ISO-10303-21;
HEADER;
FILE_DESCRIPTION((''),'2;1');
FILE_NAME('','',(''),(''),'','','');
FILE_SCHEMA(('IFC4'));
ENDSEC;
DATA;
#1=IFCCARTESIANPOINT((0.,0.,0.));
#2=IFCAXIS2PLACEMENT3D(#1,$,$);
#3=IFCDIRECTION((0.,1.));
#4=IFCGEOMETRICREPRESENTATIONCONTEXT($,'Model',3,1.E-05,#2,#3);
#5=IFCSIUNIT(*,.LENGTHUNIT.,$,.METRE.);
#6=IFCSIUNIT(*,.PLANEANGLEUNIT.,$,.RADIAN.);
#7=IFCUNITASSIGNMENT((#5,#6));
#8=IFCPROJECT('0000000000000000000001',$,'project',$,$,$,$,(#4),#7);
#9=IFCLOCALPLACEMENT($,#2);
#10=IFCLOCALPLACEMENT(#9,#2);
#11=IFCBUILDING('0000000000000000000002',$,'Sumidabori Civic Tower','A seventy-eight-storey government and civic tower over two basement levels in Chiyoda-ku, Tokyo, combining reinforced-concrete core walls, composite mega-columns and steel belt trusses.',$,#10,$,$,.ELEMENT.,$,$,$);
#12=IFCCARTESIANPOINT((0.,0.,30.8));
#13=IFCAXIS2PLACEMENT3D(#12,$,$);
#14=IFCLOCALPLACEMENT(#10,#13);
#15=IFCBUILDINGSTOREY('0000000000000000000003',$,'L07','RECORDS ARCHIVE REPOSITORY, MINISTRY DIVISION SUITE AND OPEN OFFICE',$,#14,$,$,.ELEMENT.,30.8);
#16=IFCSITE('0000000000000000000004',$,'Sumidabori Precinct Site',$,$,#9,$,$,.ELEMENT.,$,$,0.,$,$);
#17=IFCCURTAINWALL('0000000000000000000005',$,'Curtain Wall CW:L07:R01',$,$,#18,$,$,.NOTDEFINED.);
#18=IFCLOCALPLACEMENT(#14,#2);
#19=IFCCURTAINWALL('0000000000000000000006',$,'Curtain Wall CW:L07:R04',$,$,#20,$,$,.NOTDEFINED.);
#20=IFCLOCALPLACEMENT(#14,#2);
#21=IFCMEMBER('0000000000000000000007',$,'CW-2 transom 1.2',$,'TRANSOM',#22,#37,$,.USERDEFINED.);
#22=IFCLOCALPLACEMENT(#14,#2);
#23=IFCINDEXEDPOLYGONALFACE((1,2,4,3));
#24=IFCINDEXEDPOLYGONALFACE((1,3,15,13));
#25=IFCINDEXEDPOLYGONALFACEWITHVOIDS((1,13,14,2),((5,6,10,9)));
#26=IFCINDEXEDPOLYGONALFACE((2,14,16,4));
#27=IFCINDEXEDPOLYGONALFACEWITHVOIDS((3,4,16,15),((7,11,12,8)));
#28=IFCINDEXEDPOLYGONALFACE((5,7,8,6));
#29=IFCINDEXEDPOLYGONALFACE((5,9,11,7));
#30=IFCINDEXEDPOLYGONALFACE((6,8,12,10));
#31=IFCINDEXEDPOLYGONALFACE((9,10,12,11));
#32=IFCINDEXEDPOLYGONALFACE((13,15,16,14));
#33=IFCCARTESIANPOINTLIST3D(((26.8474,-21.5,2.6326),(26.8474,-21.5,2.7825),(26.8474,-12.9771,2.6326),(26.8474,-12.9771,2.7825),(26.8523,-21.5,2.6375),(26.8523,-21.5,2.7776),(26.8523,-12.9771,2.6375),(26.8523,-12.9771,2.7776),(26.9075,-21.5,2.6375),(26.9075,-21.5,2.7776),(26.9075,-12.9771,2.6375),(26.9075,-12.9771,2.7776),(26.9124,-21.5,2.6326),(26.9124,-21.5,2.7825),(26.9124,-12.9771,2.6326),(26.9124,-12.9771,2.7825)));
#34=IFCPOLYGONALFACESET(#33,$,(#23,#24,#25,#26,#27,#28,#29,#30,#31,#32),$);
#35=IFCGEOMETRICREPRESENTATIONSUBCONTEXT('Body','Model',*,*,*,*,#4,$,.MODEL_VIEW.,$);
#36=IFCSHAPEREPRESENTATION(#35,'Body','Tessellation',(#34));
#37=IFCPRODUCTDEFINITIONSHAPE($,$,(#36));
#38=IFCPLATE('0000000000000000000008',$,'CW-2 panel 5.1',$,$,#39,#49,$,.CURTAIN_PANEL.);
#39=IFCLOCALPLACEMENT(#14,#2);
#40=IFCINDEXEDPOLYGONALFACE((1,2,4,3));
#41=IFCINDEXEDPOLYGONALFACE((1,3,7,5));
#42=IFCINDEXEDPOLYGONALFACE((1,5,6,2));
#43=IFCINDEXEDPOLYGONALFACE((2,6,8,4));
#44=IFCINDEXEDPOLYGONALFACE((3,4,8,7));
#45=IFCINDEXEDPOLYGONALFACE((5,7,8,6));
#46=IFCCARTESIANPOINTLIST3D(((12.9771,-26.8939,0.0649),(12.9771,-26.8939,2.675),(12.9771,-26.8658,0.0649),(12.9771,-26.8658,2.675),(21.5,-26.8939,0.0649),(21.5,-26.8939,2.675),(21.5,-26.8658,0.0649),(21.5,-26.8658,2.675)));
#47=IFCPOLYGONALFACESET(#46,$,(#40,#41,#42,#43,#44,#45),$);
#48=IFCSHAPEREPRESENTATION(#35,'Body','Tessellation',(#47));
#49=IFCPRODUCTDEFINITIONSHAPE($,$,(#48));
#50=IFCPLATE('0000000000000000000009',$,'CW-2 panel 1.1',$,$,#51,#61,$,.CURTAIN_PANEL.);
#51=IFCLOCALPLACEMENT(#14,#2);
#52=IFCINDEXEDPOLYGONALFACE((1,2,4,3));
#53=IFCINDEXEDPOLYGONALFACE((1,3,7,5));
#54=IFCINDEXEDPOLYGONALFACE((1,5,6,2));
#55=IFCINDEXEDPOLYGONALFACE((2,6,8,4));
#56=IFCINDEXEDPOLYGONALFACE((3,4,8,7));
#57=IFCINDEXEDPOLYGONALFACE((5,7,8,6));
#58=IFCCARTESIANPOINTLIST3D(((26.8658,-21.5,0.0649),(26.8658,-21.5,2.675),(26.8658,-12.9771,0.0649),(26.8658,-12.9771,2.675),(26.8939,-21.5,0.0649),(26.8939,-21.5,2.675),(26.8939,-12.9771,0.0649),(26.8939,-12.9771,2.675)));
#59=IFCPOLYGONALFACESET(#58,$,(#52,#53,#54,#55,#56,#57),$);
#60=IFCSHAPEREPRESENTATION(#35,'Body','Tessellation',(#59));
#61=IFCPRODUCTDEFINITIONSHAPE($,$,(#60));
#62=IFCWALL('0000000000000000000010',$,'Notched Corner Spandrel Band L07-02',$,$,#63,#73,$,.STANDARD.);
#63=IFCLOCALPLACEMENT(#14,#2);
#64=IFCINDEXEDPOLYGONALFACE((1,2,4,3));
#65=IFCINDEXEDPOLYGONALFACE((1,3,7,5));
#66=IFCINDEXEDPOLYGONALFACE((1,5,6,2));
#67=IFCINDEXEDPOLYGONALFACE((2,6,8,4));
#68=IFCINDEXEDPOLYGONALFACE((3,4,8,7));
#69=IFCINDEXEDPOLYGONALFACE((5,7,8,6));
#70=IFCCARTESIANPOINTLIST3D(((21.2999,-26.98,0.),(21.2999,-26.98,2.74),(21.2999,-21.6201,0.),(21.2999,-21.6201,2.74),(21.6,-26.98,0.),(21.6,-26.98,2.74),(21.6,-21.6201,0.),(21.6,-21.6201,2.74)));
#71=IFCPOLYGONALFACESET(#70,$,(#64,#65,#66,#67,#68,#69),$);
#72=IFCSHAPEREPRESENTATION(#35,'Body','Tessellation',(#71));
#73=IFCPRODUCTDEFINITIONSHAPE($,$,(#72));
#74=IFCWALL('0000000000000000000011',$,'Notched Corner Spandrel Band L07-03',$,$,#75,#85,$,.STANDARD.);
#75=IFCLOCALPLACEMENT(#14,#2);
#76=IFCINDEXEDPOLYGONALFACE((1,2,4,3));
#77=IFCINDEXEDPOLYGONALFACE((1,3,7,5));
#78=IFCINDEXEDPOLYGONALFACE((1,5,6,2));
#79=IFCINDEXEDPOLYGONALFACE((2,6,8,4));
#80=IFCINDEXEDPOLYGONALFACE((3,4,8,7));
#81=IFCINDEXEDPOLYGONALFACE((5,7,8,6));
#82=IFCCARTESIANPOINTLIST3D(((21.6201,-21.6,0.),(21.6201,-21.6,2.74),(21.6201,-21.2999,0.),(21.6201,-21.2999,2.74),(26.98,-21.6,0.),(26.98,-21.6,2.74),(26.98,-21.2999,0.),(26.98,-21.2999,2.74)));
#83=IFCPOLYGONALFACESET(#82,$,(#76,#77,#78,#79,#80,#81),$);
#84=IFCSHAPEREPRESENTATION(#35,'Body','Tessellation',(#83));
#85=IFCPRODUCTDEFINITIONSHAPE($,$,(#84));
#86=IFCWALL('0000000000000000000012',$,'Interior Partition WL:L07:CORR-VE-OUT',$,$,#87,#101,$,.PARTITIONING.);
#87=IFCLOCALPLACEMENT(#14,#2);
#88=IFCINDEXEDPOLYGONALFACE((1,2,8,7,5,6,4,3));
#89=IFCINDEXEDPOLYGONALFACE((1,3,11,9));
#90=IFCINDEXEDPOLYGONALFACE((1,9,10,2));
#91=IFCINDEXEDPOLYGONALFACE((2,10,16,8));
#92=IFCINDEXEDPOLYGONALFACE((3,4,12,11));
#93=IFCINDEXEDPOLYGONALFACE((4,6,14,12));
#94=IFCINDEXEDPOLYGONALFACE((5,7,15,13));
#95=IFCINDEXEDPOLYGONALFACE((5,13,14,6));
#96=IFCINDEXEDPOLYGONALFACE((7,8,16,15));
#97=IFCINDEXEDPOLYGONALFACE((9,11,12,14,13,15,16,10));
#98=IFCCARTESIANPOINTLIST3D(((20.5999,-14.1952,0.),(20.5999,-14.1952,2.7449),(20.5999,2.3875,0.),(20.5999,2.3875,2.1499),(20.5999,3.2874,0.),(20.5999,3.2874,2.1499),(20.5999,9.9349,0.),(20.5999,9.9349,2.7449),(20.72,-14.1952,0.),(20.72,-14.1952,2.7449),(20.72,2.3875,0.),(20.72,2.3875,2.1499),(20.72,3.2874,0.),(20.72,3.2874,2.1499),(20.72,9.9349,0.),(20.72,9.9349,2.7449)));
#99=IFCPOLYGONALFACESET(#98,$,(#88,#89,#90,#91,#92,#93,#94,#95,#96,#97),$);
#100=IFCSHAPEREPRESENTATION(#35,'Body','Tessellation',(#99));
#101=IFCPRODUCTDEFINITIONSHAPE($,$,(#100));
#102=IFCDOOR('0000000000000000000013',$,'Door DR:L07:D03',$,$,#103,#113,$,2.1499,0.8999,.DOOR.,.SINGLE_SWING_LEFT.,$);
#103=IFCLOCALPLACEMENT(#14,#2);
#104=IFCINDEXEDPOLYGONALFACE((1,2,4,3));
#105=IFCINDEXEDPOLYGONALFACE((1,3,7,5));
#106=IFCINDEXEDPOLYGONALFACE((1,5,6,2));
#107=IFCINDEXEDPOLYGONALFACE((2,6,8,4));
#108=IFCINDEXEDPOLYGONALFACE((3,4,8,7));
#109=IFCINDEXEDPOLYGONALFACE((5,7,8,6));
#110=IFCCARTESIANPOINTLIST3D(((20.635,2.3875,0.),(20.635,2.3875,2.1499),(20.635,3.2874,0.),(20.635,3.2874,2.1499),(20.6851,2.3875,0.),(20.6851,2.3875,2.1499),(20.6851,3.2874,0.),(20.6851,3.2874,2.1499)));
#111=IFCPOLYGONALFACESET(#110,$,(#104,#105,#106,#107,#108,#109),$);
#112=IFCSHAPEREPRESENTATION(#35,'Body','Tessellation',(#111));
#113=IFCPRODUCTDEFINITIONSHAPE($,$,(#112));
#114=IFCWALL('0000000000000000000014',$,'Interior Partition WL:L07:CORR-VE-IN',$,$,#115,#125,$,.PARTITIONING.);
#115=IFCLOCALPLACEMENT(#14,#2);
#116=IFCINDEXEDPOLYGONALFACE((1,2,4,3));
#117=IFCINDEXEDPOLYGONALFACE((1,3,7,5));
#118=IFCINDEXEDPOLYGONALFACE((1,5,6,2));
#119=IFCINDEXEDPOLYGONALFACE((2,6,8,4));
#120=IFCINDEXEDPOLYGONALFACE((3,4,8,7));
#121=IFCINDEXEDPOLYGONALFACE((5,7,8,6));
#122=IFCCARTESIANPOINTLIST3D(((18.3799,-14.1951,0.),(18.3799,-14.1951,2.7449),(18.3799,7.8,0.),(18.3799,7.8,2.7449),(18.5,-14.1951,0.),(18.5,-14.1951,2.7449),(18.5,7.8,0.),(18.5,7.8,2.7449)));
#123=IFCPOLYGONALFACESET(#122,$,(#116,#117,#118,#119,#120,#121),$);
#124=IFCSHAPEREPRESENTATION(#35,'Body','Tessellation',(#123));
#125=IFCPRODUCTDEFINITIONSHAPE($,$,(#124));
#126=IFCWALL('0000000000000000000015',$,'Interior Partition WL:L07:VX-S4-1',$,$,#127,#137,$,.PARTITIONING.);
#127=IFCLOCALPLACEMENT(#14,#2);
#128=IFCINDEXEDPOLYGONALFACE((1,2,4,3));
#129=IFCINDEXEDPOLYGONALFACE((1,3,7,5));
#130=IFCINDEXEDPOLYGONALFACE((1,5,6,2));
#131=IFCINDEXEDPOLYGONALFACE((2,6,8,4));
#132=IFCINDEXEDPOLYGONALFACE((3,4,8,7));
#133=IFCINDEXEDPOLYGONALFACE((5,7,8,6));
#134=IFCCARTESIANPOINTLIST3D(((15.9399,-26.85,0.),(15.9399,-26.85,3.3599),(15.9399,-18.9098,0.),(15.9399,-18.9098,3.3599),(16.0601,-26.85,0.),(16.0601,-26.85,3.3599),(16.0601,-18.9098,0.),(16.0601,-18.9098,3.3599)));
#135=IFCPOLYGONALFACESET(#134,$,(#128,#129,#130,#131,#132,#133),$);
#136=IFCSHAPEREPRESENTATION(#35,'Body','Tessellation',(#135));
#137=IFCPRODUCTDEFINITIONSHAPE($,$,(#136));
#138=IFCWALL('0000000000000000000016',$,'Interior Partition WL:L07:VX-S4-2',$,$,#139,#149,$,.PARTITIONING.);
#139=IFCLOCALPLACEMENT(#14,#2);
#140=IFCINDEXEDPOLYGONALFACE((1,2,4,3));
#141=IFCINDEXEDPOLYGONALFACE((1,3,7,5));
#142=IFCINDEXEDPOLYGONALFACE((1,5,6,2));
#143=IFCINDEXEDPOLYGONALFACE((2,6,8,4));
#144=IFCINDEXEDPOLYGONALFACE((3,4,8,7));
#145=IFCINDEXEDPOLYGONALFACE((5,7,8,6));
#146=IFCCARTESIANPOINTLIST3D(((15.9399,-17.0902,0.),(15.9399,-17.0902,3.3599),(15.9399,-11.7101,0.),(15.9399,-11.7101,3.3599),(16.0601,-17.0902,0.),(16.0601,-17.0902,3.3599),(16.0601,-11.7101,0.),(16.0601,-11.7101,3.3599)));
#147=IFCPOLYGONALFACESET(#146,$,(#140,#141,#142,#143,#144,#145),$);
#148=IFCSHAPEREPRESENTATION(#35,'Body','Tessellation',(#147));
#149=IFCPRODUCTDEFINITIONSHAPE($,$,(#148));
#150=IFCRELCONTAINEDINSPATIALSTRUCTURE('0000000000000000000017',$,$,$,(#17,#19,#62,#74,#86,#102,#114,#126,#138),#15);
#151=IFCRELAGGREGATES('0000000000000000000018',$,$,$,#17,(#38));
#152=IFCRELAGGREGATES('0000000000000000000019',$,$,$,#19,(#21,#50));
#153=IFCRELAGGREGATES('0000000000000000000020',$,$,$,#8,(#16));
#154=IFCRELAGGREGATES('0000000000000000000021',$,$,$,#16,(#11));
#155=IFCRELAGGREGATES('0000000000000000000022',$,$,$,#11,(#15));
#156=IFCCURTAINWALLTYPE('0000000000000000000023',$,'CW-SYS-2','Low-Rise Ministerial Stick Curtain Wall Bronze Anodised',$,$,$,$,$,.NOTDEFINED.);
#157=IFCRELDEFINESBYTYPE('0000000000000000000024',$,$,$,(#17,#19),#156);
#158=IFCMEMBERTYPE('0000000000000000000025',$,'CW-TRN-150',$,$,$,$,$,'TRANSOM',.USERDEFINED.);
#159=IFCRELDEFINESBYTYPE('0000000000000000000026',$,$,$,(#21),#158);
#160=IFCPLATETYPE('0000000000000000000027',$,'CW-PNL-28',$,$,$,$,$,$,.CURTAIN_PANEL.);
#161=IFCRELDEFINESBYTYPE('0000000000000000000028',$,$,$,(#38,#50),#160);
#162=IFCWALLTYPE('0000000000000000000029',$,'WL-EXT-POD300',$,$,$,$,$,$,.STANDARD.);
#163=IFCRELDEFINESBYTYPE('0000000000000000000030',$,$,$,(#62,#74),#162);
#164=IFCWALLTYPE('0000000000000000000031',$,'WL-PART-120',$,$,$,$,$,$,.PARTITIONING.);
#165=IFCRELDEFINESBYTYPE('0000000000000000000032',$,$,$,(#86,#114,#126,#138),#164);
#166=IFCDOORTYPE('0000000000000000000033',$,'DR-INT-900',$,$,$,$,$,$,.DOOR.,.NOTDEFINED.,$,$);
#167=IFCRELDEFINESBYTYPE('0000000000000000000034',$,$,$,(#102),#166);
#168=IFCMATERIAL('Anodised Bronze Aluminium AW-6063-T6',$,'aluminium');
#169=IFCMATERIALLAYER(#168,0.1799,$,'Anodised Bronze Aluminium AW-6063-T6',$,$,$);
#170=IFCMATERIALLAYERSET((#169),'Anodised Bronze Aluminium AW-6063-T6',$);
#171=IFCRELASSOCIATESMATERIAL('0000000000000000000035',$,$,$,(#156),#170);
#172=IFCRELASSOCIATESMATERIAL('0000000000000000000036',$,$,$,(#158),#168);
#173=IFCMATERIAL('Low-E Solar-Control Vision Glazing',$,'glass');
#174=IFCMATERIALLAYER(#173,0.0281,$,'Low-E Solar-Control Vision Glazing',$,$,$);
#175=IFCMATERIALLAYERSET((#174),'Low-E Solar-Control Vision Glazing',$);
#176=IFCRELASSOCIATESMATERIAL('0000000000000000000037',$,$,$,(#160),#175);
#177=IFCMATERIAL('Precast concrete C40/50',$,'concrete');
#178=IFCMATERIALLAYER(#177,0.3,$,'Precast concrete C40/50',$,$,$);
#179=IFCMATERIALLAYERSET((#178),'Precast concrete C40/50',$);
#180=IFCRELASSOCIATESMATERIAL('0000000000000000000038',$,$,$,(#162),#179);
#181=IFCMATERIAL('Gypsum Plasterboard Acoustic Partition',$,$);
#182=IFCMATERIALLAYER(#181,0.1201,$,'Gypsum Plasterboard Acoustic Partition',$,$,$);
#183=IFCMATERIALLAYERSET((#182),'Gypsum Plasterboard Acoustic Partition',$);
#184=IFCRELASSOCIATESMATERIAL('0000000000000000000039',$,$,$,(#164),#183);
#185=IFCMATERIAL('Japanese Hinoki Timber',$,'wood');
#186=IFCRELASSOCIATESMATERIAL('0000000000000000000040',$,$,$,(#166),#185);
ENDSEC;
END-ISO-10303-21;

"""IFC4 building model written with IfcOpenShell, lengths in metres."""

from ifc_helpers import new_model, si_unit, direction, frame, frame_2d, origin, origin_2d, place, context, subcontext, project, spatial, rectangle, hollow_rectangle, extrude, source, transform, mapped, material, layer, layer_set, material_profile, profile_set, type_object, element, fill, aggregate, save


model = new_model("IFC4")

# Units and contexts
model_context = context("Model", 3, precision=1e-05, world=origin(), true_north=direction((0.0, 1.0)))
body_context = subcontext(model_context, "Body", "Model", "MODEL_VIEW")
ifc_project = project(units=[si_unit("LENGTHUNIT", "METRE"), si_unit("PLANEANGLEUNIT", "RADIAN")], contexts=[model_context])

# Site, building, storey
site_placement = place(None, origin())
site = spatial("IfcSite", under=ifc_project, at=site_placement, Name="Sumidabori Precinct Site", CompositionType="ELEMENT", RefElevation=0.0)
building_placement = place(site_placement, origin())
building = spatial("IfcBuilding", under=site, at=building_placement, Name="Sumidabori Civic Tower", Description="A seventy-eight-storey government and civic tower over two basement levels in Chiyoda-ku, Tokyo, combining reinforced-concrete core walls, composite mega-columns and steel belt trusses.", CompositionType="ELEMENT")
storey_placement = place(building_placement, frame((0.0, 0.0, 30.8)))
storey = spatial("IfcBuildingStorey", under=building, at=storey_placement, Name="L07", Description="RECORDS ARCHIVE REPOSITORY, MINISTRY DIVISION SUITE AND OPEN OFFICE", CompositionType="ELEMENT", Elevation=30.8)

# Curtain wall
ifc_material_1 = material(Name="Anodised Bronze Aluminium AW-6063-T6", Category="aluminium")
ifc_layer_1 = layer(ifc_material_1, 0.1799, Name="Anodised Bronze Aluminium AW-6063-T6")
ifc_layer_set_1 = layer_set([ifc_layer_1], Name="Anodised Bronze Aluminium AW-6063-T6")
curtain_wall_type = type_object("IfcCurtainWallType", Name="CW-SYS-2", Description="Low-Rise Ministerial Stick Curtain Wall Bronze Anodised", PredefinedType="NOTDEFINED", material=ifc_layer_set_1)
curtain_wall_1_placement = place(storey_placement, origin())
curtain_wall_1 = element("IfcCurtainWall", 1, at=curtain_wall_1_placement, inside=storey, type_object=curtain_wall_type, Name="Curtain Wall CW:L07:R01", PredefinedType="NOTDEFINED")

# Curtain wall, member
curtain_wall_2_placement = place(storey_placement, origin())
curtain_wall_2 = element("IfcCurtainWall", 2, at=curtain_wall_2_placement, inside=storey, type_object=curtain_wall_type, Name="Curtain Wall CW:L07:R04", PredefinedType="NOTDEFINED")
ifc_material_profile_1 = material_profile(ifc_material_1, hollow_rectangle(XDim=0.0649, YDim=0.1499, WallThickness=0.0049, at=origin_2d()), Name="ALU TRANSOM 150x65")
ifc_profile_set_1 = profile_set([ifc_material_profile_1], Name="Anodised Bronze Aluminium AW-6063-T6")
member_type_1 = type_object("IfcMemberType", Name="CW-TRN-150", ElementType="TRANSOM", PredefinedType="USERDEFINED", material=ifc_profile_set_1)
shared_shape_1 = source(origin(), body_context, "Body", "SweptSolid", [
    extrude(hollow_rectangle(XDim=0.0649, YDim=0.1499, WallThickness=0.0049, at=origin_2d()), origin(), (0.0, 0.0, 1.0), 8.5229),
])
member_1_placement = place(storey_placement, frame((26.8799, -21.5, 2.7075), z_axis=(0.0, 1.0, 0.0), x_axis=(-1.0, 0.0, 0.0)))
member_1 = element("IfcMember", 3, at=member_1_placement, type_object=member_type_1, Name="CW-2 transom 1.2", ObjectType="TRANSOM", PredefinedType="USERDEFINED", context=body_context, shape_type="MappedRepresentation", body=[
    mapped(shared_shape_1, transform((0.0, 0.0, 0.0), x_axis=(1.0, 0.0, 0.0), y_axis=(0.0, 1.0, 0.0), z_axis=(0.0, 0.0, 1.0), scale=1.0)),
])

# Plates
ifc_material_2 = material(Name="Low-E Solar-Control Vision Glazing", Category="glass")
ifc_layer_2 = layer(ifc_material_2, 0.0281, Name="Low-E Solar-Control Vision Glazing")
ifc_layer_set_2 = layer_set([ifc_layer_2], Name="Low-E Solar-Control Vision Glazing")
plate_type = type_object("IfcPlateType", Name="CW-PNL-28", PredefinedType="CURTAIN_PANEL", material=ifc_layer_set_2)
shared_shape_2 = source(origin(), body_context, "Body", "SweptSolid", [
    extrude(rectangle(XDim=8.5229, YDim=0.0281, at=origin_2d()), origin(), (0.0, 0.0, 1.0), 2.6101),
])
plate_1_placement = place(storey_placement, frame((17.2385, -26.8799, 0.0649), z_axis=(0.0, 0.0, 1.0), x_axis=(1.0, 0.0, 0.0)))
plate_1 = element("IfcPlate", 4, at=plate_1_placement, type_object=plate_type, Name="CW-2 panel 5.1", PredefinedType="CURTAIN_PANEL", context=body_context, shape_type="MappedRepresentation", body=[
    mapped(shared_shape_2, transform((0.0, 0.0, 0.0), x_axis=(1.0, 0.0, 0.0), y_axis=(0.0, 1.0, 0.0), z_axis=(0.0, 0.0, 1.0), scale=1.0)),
])
aggregate(curtain_wall_1, [plate_1])
plate_2_placement = place(storey_placement, frame((26.8799, -17.2385, 0.0649), z_axis=(0.0, 0.0, 1.0), x_axis=(0.0, 1.0, 0.0)))
plate_2 = element("IfcPlate", 5, at=plate_2_placement, type_object=plate_type, Name="CW-2 panel 1.1", PredefinedType="CURTAIN_PANEL", context=body_context, shape_type="MappedRepresentation", body=[
    mapped(shared_shape_2, transform((0.0, 0.0, 0.0), x_axis=(1.0, 0.0, 0.0), y_axis=(0.0, 1.0, 0.0), z_axis=(0.0, 0.0, 1.0), scale=1.0)),
])
aggregate(curtain_wall_2, [member_1, plate_2])

# Walls
ifc_material_3 = material(Name="Precast concrete C40/50", Category="concrete")
ifc_layer_3 = layer(ifc_material_3, 0.3, Name="Precast concrete C40/50")
ifc_layer_set_3 = layer_set([ifc_layer_3], Name="Precast concrete C40/50")
wall_type_1 = type_object("IfcWallType", Name="WL-EXT-POD300", PredefinedType="STANDARD", material=ifc_layer_set_3)
shared_shape_3 = source(origin(), body_context, "Body", "SweptSolid", [
    extrude(rectangle(XDim=5.3599, YDim=0.3, at=frame_2d((2.6799, 0.0))), origin(), (0.0, 0.0, 1.0), 2.74),
])
for number, where, z_axis, x_axis, name in (
    (6, (21.45, -26.98, 0.0), (0.0, 0.0, 1.0), (0.0, 1.0, 0.0), "Notched Corner Spandrel Band L07-02"),
    (7, (21.6201, -21.45, 0.0), (0.0, 0.0, 1.0), (1.0, 0.0, 0.0), "Notched Corner Spandrel Band L07-03"),
):
    element("IfcWall", number, at=place(storey_placement, frame(where, z_axis=z_axis, x_axis=x_axis)), inside=storey, type_object=wall_type_1, Name=name, PredefinedType="STANDARD", context=body_context, shape_type="MappedRepresentation", body=[
        mapped(shared_shape_3, transform((0.0, 0.0, 0.0), x_axis=(1.0, 0.0, 0.0), y_axis=(0.0, 1.0, 0.0), z_axis=(0.0, 0.0, 1.0), scale=1.0)),
    ])

# Wall, opening, door
ifc_material_4 = material(Name="Gypsum Plasterboard Acoustic Partition")
ifc_layer_4 = layer(ifc_material_4, 0.1201, Name="Gypsum Plasterboard Acoustic Partition")
ifc_layer_set_4 = layer_set([ifc_layer_4], Name="Gypsum Plasterboard Acoustic Partition")
wall_type_2 = type_object("IfcWallType", Name="WL-PART-120", PredefinedType="PARTITIONING", material=ifc_layer_set_4)
shared_shape_4 = source(origin(), body_context, "Body", "SweptSolid", [
    extrude(rectangle(XDim=24.1301, YDim=0.1201, at=frame_2d((12.0649, 0.0))), origin(), (0.0, 0.0, 1.0), 2.7449),
])
wall_1_placement = place(storey_placement, frame((20.6599, -14.1951, 0.0), z_axis=(0.0, 0.0, 1.0), x_axis=(0.0, 1.0, 0.0)))
wall_1 = element("IfcWall", 8, at=wall_1_placement, inside=storey, type_object=wall_type_2, Name="Interior Partition WL:L07:CORR-VE-OUT", PredefinedType="PARTITIONING", context=body_context, shape_type="MappedRepresentation", body=[
    mapped(shared_shape_4, transform((0.0, 0.0, 0.0), x_axis=(1.0, 0.0, 0.0), y_axis=(0.0, 1.0, 0.0), z_axis=(0.0, 0.0, 1.0), scale=1.0)),
])
opening_1_placement = place(wall_1_placement, frame((16.5825, 0.0, 0.0)))
opening_1 = element("IfcOpeningElement", 9, at=opening_1_placement, cuts=wall_1, PredefinedType="OPENING", context=body_context, shape_type="SweptSolid", body=[
    extrude(rectangle(XDim=0.8999, YDim=2.1499, at=frame_2d((0.45, 1.075))), frame((0.0, 0.072, 0.0), z_axis=(0.0, -1.0, 0.0), x_axis=(1.0, 0.0, 0.0)), (0.0, 0.0, 1.0), 0.144),
])
ifc_material_5 = material(Name="Japanese Hinoki Timber", Category="wood")
door_type = type_object("IfcDoorType", Name="DR-INT-900", OperationType="NOTDEFINED", PredefinedType="DOOR", material=ifc_material_5)
shared_shape_5 = source(origin(), body_context, "Body", "SweptSolid", [
    extrude(rectangle(XDim=0.8999, YDim=2.1499, at=frame_2d((0.45, 1.075))), frame((0.0, 0.0249, 0.0), z_axis=(0.0, -1.0, 0.0), x_axis=(1.0, 0.0, 0.0)), (0.0, 0.0, 1.0), 0.05),
])
door_1_placement = place(opening_1_placement, origin())
door_1 = element("IfcDoor", 10, at=door_1_placement, inside=storey, type_object=door_type, Name="Door DR:L07:D03", OperationType="SINGLE_SWING_LEFT", OverallHeight=2.1499, OverallWidth=0.8999, PredefinedType="DOOR", context=body_context, shape_type="MappedRepresentation", body=[
    mapped(shared_shape_5, transform((0.0, 0.0, 0.0), x_axis=(1.0, 0.0, 0.0), y_axis=(0.0, 1.0, 0.0), z_axis=(0.0, 0.0, 1.0), scale=1.0)),
])
fill(opening_1, door_1)

# Walls
shared_shape_6 = source(origin(), body_context, "Body", "SweptSolid", [
    extrude(rectangle(XDim=21.9951, YDim=0.1201, at=frame_2d((10.9976, 0.0))), origin(), (0.0, 0.0, 1.0), 2.7449),
])
wall_2_placement = place(storey_placement, frame((18.4399, -14.1951, 0.0), z_axis=(0.0, 0.0, 1.0), x_axis=(0.0, 1.0, 0.0)))
element("IfcWall", 11, at=wall_2_placement, inside=storey, type_object=wall_type_2, Name="Interior Partition WL:L07:CORR-VE-IN", PredefinedType="PARTITIONING", context=body_context, shape_type="MappedRepresentation", body=[
    mapped(shared_shape_6, transform((0.0, 0.0, 0.0), x_axis=(1.0, 0.0, 0.0), y_axis=(0.0, 1.0, 0.0), z_axis=(0.0, 0.0, 1.0), scale=1.0)),
])
shared_shape_7 = source(origin(), body_context, "Body", "SweptSolid", [
    extrude(rectangle(XDim=7.9402, YDim=0.1201, at=frame_2d((3.9702, 0.0))), origin(), (0.0, 0.0, 1.0), 3.3599),
])
wall_3_placement = place(storey_placement, frame((16.0, -26.8501, 0.0), z_axis=(0.0, 0.0, 1.0), x_axis=(0.0, 1.0, 0.0)))
element("IfcWall", 12, at=wall_3_placement, inside=storey, type_object=wall_type_2, Name="Interior Partition WL:L07:VX-S4-1", PredefinedType="PARTITIONING", context=body_context, shape_type="MappedRepresentation", body=[
    mapped(shared_shape_7, transform((0.0, 0.0, 0.0), x_axis=(1.0, 0.0, 0.0), y_axis=(0.0, 1.0, 0.0), z_axis=(0.0, 0.0, 1.0), scale=1.0)),
])
shared_shape_8 = source(origin(), body_context, "Body", "SweptSolid", [
    extrude(rectangle(XDim=5.3801, YDim=0.1201, at=frame_2d((2.6899, 0.0))), origin(), (0.0, 0.0, 1.0), 3.3599),
])
wall_4_placement = place(storey_placement, frame((16.0, -17.0901, 0.0), z_axis=(0.0, 0.0, 1.0), x_axis=(0.0, 1.0, 0.0)))
element("IfcWall", 13, at=wall_4_placement, inside=storey, type_object=wall_type_2, Name="Interior Partition WL:L07:VX-S4-2", PredefinedType="PARTITIONING", context=body_context, shape_type="MappedRepresentation", body=[
    mapped(shared_shape_8, transform((0.0, 0.0, 0.0), x_axis=(1.0, 0.0, 0.0), y_axis=(0.0, 1.0, 0.0), z_axis=(0.0, 0.0, 1.0), scale=1.0)),
])

save(model, "model.ifc")
